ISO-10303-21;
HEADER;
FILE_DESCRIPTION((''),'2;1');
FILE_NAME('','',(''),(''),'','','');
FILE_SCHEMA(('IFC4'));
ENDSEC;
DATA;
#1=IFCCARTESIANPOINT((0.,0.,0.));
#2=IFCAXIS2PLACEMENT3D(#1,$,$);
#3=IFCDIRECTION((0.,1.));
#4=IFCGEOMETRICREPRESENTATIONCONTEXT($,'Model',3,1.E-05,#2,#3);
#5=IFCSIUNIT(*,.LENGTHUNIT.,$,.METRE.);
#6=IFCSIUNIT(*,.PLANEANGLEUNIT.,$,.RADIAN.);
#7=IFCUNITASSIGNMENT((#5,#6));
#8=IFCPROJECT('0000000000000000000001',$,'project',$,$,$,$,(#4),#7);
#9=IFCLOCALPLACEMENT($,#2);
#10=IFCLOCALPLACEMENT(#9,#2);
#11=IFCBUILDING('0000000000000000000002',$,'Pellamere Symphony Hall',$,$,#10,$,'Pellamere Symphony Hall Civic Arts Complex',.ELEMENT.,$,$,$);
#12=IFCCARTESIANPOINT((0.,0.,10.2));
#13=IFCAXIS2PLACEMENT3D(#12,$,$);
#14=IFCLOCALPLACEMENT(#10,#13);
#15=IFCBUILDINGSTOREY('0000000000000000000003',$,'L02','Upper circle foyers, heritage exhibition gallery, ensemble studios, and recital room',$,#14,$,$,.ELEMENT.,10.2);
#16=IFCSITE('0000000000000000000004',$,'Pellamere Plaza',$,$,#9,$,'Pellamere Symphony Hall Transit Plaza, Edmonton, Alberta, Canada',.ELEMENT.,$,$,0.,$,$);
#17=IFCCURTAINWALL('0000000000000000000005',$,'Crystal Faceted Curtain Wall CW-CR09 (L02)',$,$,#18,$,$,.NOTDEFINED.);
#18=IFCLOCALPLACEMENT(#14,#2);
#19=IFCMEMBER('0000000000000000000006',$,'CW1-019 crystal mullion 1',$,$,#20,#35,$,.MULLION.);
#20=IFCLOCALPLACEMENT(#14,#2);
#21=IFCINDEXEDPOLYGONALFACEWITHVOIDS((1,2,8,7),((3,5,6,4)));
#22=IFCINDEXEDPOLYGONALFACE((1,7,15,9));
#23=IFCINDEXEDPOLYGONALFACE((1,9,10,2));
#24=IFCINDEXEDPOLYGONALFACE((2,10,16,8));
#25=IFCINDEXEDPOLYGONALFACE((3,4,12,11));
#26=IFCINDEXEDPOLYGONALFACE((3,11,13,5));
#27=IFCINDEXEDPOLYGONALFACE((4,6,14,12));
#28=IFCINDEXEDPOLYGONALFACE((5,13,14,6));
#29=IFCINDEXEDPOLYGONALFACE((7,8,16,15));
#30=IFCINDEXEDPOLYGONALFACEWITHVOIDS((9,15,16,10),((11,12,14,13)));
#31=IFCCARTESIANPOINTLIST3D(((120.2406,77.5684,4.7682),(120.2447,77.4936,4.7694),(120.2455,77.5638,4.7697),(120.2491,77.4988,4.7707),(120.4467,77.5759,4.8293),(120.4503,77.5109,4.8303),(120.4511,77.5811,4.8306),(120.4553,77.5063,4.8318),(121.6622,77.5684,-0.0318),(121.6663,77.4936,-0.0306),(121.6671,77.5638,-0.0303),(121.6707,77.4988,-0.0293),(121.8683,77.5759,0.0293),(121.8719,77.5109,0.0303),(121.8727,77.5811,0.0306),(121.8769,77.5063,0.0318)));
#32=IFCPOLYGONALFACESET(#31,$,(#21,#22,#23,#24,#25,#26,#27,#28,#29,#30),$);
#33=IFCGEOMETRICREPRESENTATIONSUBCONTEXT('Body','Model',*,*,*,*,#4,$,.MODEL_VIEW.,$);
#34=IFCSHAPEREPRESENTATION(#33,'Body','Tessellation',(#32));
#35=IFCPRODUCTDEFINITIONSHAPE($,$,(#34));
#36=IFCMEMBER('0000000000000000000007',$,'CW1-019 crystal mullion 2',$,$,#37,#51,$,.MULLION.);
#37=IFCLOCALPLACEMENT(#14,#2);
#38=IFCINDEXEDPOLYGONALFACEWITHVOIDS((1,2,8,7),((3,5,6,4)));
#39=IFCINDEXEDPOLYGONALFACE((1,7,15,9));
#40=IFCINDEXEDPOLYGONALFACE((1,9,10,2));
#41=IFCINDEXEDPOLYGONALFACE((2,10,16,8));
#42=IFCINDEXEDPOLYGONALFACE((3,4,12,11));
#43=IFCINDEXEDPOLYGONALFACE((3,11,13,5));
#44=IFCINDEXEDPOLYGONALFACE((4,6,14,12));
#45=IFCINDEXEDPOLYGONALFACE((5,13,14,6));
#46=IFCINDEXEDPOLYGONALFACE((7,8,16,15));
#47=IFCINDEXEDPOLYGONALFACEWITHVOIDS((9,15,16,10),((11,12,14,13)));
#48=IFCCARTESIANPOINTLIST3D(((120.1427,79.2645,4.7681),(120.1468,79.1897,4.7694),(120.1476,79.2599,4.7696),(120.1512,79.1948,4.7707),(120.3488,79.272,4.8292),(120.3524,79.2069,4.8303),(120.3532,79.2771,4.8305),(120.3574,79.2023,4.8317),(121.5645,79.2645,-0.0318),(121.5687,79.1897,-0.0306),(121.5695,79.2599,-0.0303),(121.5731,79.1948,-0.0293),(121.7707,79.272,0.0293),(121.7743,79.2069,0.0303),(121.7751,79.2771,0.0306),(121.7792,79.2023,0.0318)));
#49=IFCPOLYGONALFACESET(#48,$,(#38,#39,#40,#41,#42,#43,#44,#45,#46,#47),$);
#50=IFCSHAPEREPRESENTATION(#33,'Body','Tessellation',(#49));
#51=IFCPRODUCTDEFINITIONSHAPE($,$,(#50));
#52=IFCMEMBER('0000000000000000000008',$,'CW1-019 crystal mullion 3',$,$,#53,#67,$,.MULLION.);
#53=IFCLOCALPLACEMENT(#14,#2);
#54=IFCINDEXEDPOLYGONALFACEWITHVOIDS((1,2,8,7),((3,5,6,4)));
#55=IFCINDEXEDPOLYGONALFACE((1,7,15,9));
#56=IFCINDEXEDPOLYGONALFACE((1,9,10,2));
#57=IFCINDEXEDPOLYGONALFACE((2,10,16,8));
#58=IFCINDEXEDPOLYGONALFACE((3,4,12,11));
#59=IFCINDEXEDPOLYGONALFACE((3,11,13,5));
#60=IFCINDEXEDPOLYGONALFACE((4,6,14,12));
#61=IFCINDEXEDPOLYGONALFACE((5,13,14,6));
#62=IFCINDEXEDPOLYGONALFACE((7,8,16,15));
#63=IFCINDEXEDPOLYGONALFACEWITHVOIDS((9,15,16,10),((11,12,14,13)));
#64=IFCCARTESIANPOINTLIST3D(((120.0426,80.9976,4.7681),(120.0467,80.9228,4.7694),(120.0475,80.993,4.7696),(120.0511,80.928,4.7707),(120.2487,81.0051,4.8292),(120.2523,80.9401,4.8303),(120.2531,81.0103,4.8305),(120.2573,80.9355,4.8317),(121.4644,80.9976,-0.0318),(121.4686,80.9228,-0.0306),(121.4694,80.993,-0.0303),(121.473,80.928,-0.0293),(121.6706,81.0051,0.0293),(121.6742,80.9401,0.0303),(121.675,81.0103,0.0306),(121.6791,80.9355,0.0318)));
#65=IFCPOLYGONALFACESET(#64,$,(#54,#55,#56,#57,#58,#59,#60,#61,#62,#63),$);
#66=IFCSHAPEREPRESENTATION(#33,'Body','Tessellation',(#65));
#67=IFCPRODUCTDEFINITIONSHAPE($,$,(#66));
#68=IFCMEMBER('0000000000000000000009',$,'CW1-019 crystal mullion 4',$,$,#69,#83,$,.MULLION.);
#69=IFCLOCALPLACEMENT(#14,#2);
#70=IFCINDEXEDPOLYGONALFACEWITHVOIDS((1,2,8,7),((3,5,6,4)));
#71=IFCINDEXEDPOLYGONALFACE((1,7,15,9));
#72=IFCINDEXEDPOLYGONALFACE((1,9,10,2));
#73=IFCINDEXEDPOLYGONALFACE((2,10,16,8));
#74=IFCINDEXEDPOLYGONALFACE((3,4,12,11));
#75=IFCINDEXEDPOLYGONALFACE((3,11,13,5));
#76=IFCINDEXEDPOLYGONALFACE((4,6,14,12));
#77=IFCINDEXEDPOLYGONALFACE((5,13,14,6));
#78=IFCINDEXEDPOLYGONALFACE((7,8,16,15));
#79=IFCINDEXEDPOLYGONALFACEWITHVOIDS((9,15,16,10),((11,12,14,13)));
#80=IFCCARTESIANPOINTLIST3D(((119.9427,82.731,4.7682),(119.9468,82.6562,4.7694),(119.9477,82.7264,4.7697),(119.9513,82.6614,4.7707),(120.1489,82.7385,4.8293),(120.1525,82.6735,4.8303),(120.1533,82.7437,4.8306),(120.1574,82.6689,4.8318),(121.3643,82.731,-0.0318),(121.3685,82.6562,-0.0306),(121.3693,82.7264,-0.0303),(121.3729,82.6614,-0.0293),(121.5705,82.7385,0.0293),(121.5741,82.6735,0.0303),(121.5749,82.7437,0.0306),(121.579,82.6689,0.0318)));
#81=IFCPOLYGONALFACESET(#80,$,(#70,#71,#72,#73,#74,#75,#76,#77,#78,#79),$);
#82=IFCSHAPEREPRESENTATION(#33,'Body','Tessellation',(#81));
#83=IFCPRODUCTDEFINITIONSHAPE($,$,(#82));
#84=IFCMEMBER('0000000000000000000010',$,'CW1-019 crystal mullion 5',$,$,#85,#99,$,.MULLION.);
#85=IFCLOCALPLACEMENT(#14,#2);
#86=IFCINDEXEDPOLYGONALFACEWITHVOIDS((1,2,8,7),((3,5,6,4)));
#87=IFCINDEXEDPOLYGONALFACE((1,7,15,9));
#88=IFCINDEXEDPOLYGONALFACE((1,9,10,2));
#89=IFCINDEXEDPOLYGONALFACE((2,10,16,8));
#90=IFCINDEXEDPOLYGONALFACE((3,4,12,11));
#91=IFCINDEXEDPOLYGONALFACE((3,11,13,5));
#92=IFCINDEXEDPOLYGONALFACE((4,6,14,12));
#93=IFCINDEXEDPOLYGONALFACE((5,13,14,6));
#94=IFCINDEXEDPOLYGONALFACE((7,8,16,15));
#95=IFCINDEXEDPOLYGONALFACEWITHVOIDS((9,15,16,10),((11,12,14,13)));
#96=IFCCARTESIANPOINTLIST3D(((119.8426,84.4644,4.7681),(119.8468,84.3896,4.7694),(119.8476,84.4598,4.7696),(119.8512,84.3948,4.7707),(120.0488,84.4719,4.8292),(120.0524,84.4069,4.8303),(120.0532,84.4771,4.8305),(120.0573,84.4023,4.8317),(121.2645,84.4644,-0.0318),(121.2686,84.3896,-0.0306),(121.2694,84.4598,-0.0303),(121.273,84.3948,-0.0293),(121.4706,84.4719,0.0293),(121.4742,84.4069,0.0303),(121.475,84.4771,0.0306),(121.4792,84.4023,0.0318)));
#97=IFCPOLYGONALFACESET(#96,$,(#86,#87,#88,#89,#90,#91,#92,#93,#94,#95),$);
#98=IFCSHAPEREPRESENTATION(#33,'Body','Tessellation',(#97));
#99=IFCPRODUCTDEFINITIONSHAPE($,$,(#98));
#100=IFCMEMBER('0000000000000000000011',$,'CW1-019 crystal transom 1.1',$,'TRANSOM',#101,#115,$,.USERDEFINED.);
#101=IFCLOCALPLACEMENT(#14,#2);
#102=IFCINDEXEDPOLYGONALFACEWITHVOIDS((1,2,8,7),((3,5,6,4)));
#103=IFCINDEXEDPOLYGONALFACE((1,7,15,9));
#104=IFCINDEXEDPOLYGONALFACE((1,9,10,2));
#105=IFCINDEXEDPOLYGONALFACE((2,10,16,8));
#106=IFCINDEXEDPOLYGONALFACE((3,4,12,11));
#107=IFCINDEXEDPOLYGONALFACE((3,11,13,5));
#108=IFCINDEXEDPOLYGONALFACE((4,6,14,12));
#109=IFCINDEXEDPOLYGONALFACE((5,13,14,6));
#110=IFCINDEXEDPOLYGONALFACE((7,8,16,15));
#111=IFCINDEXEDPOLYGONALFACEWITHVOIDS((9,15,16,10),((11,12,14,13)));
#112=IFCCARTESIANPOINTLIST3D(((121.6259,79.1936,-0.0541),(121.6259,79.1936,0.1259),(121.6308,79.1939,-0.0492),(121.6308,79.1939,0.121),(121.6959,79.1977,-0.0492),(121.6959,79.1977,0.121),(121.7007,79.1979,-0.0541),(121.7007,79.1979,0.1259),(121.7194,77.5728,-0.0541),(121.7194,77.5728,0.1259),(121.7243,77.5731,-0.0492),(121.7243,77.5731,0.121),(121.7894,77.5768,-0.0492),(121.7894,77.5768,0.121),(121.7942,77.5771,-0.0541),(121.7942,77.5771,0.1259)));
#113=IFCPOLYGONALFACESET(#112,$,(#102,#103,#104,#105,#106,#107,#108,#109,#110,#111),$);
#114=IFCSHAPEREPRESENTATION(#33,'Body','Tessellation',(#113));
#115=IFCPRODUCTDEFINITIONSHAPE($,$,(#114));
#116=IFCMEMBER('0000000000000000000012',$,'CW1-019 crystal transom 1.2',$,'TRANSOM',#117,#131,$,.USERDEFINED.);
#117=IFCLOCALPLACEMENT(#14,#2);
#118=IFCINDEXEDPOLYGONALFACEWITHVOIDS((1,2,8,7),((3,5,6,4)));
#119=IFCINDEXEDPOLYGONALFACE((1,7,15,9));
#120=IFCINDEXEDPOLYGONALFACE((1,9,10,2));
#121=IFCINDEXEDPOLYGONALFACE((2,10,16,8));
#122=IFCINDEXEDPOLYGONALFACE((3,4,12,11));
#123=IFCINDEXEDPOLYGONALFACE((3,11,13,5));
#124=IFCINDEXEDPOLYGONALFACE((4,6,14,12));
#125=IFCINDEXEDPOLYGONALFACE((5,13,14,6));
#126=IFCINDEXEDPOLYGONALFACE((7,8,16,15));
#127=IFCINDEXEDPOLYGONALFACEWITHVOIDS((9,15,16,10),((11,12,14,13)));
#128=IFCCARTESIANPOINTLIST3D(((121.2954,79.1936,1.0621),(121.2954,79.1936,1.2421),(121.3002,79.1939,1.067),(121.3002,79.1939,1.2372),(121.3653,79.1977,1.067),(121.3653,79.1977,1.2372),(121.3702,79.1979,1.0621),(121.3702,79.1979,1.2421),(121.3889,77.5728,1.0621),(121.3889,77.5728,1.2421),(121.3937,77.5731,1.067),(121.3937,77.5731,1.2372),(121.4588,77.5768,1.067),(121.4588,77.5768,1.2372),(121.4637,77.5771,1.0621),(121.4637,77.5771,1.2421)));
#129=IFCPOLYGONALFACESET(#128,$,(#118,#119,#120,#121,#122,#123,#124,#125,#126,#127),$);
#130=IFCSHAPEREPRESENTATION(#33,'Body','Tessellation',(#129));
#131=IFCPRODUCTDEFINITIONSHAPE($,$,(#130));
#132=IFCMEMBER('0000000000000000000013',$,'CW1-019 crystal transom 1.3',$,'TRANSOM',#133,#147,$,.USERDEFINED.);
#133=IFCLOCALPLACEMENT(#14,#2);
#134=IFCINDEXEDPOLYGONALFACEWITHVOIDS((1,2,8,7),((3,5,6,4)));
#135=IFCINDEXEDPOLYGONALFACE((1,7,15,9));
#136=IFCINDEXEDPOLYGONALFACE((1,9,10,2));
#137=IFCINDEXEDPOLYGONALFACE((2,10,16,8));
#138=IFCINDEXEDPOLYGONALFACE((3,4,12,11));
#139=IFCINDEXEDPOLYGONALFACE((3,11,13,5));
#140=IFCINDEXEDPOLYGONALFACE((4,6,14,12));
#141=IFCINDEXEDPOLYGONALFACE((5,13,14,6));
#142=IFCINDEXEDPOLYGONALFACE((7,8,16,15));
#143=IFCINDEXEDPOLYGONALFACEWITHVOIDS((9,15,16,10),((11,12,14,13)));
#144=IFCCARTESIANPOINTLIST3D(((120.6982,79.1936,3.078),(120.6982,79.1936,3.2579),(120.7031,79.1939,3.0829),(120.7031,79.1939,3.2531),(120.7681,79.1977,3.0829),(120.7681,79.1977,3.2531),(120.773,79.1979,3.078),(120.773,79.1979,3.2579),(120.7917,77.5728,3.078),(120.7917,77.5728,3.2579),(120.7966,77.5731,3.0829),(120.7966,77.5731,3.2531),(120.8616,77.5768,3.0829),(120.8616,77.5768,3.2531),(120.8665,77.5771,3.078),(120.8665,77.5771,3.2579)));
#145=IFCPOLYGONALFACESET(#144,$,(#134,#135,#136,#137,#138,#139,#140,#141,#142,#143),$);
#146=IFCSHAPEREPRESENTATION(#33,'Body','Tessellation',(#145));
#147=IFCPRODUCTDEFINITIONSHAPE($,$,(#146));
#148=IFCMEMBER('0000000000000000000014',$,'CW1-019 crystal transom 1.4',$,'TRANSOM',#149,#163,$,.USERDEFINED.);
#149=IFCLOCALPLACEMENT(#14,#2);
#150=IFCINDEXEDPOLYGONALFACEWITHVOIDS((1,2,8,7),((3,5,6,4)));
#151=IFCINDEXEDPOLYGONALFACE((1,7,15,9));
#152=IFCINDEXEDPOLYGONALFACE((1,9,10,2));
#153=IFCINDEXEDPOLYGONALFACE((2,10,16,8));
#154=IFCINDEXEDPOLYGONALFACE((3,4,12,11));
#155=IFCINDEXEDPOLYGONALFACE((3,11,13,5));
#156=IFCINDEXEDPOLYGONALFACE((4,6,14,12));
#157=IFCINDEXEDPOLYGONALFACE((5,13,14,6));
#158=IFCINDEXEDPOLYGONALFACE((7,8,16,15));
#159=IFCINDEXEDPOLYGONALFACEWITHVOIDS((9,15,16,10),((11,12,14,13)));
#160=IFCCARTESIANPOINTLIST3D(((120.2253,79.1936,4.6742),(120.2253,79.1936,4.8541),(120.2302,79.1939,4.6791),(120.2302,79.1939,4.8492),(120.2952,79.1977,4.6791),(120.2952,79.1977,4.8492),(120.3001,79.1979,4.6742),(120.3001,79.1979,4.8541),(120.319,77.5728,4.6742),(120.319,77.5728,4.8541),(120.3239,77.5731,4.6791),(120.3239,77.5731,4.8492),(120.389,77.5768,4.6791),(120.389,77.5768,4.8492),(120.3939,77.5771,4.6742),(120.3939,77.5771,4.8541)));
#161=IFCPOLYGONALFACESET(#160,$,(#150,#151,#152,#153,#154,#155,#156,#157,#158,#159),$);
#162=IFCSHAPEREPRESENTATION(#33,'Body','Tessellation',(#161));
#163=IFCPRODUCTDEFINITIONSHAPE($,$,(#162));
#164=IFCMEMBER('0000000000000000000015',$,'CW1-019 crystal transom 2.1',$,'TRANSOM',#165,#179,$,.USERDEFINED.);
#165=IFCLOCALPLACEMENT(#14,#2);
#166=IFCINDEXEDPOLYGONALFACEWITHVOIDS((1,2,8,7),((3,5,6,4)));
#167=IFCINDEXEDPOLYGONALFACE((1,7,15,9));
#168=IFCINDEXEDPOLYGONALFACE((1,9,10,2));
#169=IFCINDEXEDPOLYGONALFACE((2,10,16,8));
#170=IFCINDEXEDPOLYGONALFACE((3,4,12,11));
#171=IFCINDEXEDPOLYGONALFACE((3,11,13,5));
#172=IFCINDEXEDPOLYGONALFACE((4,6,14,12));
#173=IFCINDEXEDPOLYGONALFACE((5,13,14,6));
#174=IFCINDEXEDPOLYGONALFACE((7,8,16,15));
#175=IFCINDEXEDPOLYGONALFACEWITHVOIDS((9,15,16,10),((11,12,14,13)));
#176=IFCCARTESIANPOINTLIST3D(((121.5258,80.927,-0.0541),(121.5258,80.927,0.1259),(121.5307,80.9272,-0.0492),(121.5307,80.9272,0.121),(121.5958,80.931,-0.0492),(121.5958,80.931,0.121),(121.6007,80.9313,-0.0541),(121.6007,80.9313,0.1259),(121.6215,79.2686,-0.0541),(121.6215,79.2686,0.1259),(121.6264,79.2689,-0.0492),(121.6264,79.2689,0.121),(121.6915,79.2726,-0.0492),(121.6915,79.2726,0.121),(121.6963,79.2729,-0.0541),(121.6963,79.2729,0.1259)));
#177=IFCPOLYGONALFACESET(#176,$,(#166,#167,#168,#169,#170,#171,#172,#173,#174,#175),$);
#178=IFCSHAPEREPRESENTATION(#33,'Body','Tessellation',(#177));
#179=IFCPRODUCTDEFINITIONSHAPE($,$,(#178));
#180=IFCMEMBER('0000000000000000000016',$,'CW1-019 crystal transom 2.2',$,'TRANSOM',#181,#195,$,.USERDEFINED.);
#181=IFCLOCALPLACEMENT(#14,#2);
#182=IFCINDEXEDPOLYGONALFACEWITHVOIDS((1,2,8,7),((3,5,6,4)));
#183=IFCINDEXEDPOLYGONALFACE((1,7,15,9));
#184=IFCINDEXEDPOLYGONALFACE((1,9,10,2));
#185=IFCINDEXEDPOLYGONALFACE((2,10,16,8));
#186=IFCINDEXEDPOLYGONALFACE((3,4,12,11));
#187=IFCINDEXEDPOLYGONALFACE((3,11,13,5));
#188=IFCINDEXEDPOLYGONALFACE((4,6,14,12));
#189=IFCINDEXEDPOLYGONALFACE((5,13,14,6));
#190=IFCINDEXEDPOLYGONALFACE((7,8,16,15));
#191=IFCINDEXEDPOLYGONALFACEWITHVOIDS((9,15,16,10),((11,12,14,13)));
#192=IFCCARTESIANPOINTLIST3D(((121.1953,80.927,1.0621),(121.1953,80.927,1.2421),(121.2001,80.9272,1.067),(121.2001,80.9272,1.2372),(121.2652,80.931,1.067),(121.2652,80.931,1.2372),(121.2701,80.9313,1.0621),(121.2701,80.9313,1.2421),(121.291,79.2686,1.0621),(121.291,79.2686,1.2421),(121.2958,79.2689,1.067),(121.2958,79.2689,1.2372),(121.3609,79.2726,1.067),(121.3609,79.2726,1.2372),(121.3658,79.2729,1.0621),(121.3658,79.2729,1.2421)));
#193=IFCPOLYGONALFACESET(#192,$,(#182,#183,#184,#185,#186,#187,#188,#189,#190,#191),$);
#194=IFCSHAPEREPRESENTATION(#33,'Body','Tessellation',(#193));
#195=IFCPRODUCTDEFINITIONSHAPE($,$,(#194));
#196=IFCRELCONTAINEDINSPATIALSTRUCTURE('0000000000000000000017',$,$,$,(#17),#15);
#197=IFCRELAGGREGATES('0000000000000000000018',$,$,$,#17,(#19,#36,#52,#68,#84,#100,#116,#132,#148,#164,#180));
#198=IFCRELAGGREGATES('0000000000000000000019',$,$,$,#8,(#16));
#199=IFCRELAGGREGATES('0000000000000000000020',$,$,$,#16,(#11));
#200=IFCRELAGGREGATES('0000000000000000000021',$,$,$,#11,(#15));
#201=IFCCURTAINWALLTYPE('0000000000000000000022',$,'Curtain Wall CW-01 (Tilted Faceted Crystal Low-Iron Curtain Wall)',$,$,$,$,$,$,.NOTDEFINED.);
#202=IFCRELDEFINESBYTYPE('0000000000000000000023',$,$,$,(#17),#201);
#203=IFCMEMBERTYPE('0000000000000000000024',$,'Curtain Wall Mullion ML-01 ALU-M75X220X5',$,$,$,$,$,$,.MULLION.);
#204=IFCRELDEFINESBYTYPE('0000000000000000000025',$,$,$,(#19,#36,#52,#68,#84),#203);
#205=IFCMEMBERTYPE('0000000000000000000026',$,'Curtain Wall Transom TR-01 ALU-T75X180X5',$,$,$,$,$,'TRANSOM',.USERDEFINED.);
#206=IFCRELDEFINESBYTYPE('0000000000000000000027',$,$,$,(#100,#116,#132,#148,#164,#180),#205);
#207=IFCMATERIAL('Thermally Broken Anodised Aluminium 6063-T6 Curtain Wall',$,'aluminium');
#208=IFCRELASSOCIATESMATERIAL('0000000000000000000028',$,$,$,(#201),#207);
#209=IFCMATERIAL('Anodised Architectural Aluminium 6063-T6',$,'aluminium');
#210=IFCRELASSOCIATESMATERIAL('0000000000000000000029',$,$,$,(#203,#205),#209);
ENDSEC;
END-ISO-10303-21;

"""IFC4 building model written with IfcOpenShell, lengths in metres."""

from ifc_helpers import new_model, si_unit, direction, frame, origin, origin_2d, place, context, subcontext, project, spatial, hollow_rectangle, extrude, material, material_profile, profile_set, type_object, element, aggregate, save


model = new_model("IFC4")

# Units and contexts
model_context = context("Model", 3, precision=1e-05, world=origin(), true_north=direction((0.0, 1.0)))
body_context = subcontext(model_context, "Body", "Model", "MODEL_VIEW")
ifc_project = project(units=[si_unit("LENGTHUNIT", "METRE"), si_unit("PLANEANGLEUNIT", "RADIAN")], contexts=[model_context])

# Site, building, storey
site_placement = place(None, origin())
site = spatial("IfcSite", under=ifc_project, at=site_placement, Name="Pellamere Plaza", LongName="Pellamere Symphony Hall Transit Plaza, Edmonton, Alberta, Canada", CompositionType="ELEMENT", RefElevation=0.0)
building_placement = place(site_placement, origin())
building = spatial("IfcBuilding", under=site, at=building_placement, Name="Pellamere Symphony Hall", LongName="Pellamere Symphony Hall Civic Arts Complex", CompositionType="ELEMENT")
storey_placement = place(building_placement, frame((0.0, 0.0, 10.2)))
storey = spatial("IfcBuildingStorey", under=building, at=storey_placement, Name="L02", Description="Upper circle foyers, heritage exhibition gallery, ensemble studios, and recital room", CompositionType="ELEMENT", Elevation=10.2)

# Curtain wall, members
ifc_material_1 = material(Name="Thermally Broken Anodised Aluminium 6063-T6 Curtain Wall", Category="aluminium")
curtain_wall_type = type_object("IfcCurtainWallType", Name="Curtain Wall CW-01 (Tilted Faceted Crystal Low-Iron Curtain Wall)", PredefinedType="NOTDEFINED", material=ifc_material_1)
curtain_wall_placement = place(storey_placement, origin())
curtain_wall = element("IfcCurtainWall", 1, at=curtain_wall_placement, inside=storey, type_object=curtain_wall_type, Name="Crystal Faceted Curtain Wall CW-CR09 (L02)", PredefinedType="NOTDEFINED")
ifc_material_2 = material(Name="Anodised Architectural Aluminium 6063-T6", Category="aluminium")
ifc_material_profile_1 = material_profile(ifc_material_2, hollow_rectangle(XDim=0.075, YDim=0.22, WallThickness=0.0049, at=origin_2d()), Name="ALU-M75X220X5")
ifc_profile_set_1 = profile_set([ifc_material_profile_1], Name="Anodised Architectural Aluminium 6063-T6")
member_type_1 = type_object("IfcMemberType", Name="Curtain Wall Mullion ML-01 ALU-M75X220X5", PredefinedType="MULLION", material=ifc_profile_set_1)
member_1_placement = place(storey_placement, frame((121.7695, 77.5374, 0.0), z_axis=(-0.283977, 0.0, 0.958831), x_axis=(-0.055225, 0.99834, -0.016356)))
member_1 = element("IfcMember", 2, at=member_1_placement, type_object=member_type_1, Name="CW1-019 crystal mullion 1", PredefinedType="MULLION", context=body_context, shape_type="SweptSolid", body=[
    extrude(hollow_rectangle(XDim=0.075, YDim=0.22, WallThickness=0.0049, at=origin_2d()), origin(), (0.0, 0.0, 1.0), 5.0061),
])
member_2_placement = place(storey_placement, frame((121.6719, 79.2334, 0.0), z_axis=(-0.284022, 0.0, 0.958818), x_axis=(-0.055225, 0.99834, -0.016359)))
member_2 = element("IfcMember", 3, at=member_2_placement, type_object=member_type_1, Name="CW1-019 crystal mullion 2", PredefinedType="MULLION", context=body_context, shape_type="SweptSolid", body=[
    extrude(hollow_rectangle(XDim=0.075, YDim=0.22, WallThickness=0.0049, at=origin_2d()), origin(), (0.0, 0.0, 1.0), 5.0061),
])
member_3_placement = place(storey_placement, frame((121.5718, 80.9666, 0.0), z_axis=(-0.284022, 0.0, 0.958818), x_axis=(-0.055225, 0.99834, -0.016359)))
member_3 = element("IfcMember", 4, at=member_3_placement, type_object=member_type_1, Name="CW1-019 crystal mullion 3", PredefinedType="MULLION", context=body_context, shape_type="SweptSolid", body=[
    extrude(hollow_rectangle(XDim=0.075, YDim=0.22, WallThickness=0.0049, at=origin_2d()), origin(), (0.0, 0.0, 1.0), 5.0061),
])
member_4_placement = place(storey_placement, frame((121.4717, 82.7, 0.0), z_axis=(-0.283977, 0.0, 0.958831), x_axis=(-0.055225, 0.99834, -0.016356)))
member_4 = element("IfcMember", 5, at=member_4_placement, type_object=member_type_1, Name="CW1-019 crystal mullion 4", PredefinedType="MULLION", context=body_context, shape_type="SweptSolid", body=[
    extrude(hollow_rectangle(XDim=0.075, YDim=0.22, WallThickness=0.0049, at=origin_2d()), origin(), (0.0, 0.0, 1.0), 5.0061),
])
member_5_placement = place(storey_placement, frame((121.3718, 84.4333, 0.0), z_axis=(-0.284022, 0.0, 0.958818), x_axis=(-0.055225, 0.99834, -0.016359)))
member_5 = element("IfcMember", 6, at=member_5_placement, type_object=member_type_1, Name="CW1-019 crystal mullion 5", PredefinedType="MULLION", context=body_context, shape_type="SweptSolid", body=[
    extrude(hollow_rectangle(XDim=0.075, YDim=0.22, WallThickness=0.0049, at=origin_2d()), origin(), (0.0, 0.0, 1.0), 5.0061),
])
ifc_material_profile_2 = material_profile(ifc_material_2, hollow_rectangle(XDim=0.075, YDim=0.1799, WallThickness=0.0049, at=origin_2d()), Name="ALU-T75X180X5")
ifc_profile_set_2 = profile_set([ifc_material_profile_2], Name="Anodised Architectural Aluminium 6063-T6")
member_type_2 = type_object("IfcMemberType", Name="Curtain Wall Transom TR-01 ALU-T75X180X5", ElementType="TRANSOM", PredefinedType="USERDEFINED", material=ifc_profile_set_2)
member_6_placement = place(storey_placement, frame((121.7568, 77.575, 0.0359), z_axis=(-0.057594, 0.99834, 0.0), x_axis=(-0.99834, -0.057594, 0.0)))
member_6 = element("IfcMember", 7, at=member_6_placement, type_object=member_type_2, Name="CW1-019 crystal transom 1.1", ObjectType="TRANSOM", PredefinedType="USERDEFINED", context=body_context, shape_type="SweptSolid", body=[
    extrude(hollow_rectangle(XDim=0.075, YDim=0.1799, WallThickness=0.0049, at=origin_2d()), origin(), (0.0, 0.0, 1.0), 1.6235),
])
member_7_placement = place(storey_placement, frame((121.4263, 77.575, 1.1521), z_axis=(-0.057594, 0.99834, 0.0), x_axis=(-0.99834, -0.057594, 0.0)))
member_7 = element("IfcMember", 8, at=member_7_placement, type_object=member_type_2, Name="CW1-019 crystal transom 1.2", ObjectType="TRANSOM", PredefinedType="USERDEFINED", context=body_context, shape_type="SweptSolid", body=[
    extrude(hollow_rectangle(XDim=0.075, YDim=0.1799, WallThickness=0.0049, at=origin_2d()), origin(), (0.0, 0.0, 1.0), 1.6235),
])
member_8_placement = place(storey_placement, frame((120.8291, 77.575, 3.168), z_axis=(-0.057594, 0.99834, 0.0), x_axis=(-0.99834, -0.057594, 0.0)))
member_8 = element("IfcMember", 9, at=member_8_placement, type_object=member_type_2, Name="CW1-019 crystal transom 1.3", ObjectType="TRANSOM", PredefinedType="USERDEFINED", context=body_context, shape_type="SweptSolid", body=[
    extrude(hollow_rectangle(XDim=0.075, YDim=0.1799, WallThickness=0.0049, at=origin_2d()), origin(), (0.0, 0.0, 1.0), 1.6235),
])
member_9_placement = place(storey_placement, frame((120.3564, 77.575, 4.7642), z_axis=(-0.057744, 0.998331, 0.0), x_axis=(-0.998331, -0.057744, 0.0)))
member_9 = element("IfcMember", 10, at=member_9_placement, type_object=member_type_2, Name="CW1-019 crystal transom 1.4", ObjectType="TRANSOM", PredefinedType="USERDEFINED", context=body_context, shape_type="SweptSolid", body=[
    extrude(hollow_rectangle(XDim=0.075, YDim=0.1799, WallThickness=0.0049, at=origin_2d()), origin(), (0.0, 0.0, 1.0), 1.6235),
])
member_10_placement = place(storey_placement, frame((121.6589, 79.2708, 0.0359), z_axis=(-0.057611, 0.998339, 0.0), x_axis=(-0.998339, -0.057611, 0.0)))
member_10 = element("IfcMember", 11, at=member_10_placement, type_object=member_type_2, Name="CW1-019 crystal transom 2.1", ObjectType="TRANSOM", PredefinedType="USERDEFINED", context=body_context, shape_type="SweptSolid", body=[
    extrude(hollow_rectangle(XDim=0.075, YDim=0.1799, WallThickness=0.0049, at=origin_2d()), origin(), (0.0, 0.0, 1.0), 1.6611),
])
member_11_placement = place(storey_placement, frame((121.3284, 79.2708, 1.1521), z_axis=(-0.057611, 0.998339, 0.0), x_axis=(-0.998339, -0.057611, 0.0)))
member_11 = element("IfcMember", 12, at=member_11_placement, type_object=member_type_2, Name="CW1-019 crystal transom 2.2", ObjectType="TRANSOM", PredefinedType="USERDEFINED", context=body_context, shape_type="SweptSolid", body=[
    extrude(hollow_rectangle(XDim=0.075, YDim=0.1799, WallThickness=0.0049, at=origin_2d()), origin(), (0.0, 0.0, 1.0), 1.6611),
])
aggregate(curtain_wall, [member_1, member_2, member_3, member_4, member_5, member_6, member_7, member_8, member_9, member_10, member_11])

save(model, "model.ifc")
